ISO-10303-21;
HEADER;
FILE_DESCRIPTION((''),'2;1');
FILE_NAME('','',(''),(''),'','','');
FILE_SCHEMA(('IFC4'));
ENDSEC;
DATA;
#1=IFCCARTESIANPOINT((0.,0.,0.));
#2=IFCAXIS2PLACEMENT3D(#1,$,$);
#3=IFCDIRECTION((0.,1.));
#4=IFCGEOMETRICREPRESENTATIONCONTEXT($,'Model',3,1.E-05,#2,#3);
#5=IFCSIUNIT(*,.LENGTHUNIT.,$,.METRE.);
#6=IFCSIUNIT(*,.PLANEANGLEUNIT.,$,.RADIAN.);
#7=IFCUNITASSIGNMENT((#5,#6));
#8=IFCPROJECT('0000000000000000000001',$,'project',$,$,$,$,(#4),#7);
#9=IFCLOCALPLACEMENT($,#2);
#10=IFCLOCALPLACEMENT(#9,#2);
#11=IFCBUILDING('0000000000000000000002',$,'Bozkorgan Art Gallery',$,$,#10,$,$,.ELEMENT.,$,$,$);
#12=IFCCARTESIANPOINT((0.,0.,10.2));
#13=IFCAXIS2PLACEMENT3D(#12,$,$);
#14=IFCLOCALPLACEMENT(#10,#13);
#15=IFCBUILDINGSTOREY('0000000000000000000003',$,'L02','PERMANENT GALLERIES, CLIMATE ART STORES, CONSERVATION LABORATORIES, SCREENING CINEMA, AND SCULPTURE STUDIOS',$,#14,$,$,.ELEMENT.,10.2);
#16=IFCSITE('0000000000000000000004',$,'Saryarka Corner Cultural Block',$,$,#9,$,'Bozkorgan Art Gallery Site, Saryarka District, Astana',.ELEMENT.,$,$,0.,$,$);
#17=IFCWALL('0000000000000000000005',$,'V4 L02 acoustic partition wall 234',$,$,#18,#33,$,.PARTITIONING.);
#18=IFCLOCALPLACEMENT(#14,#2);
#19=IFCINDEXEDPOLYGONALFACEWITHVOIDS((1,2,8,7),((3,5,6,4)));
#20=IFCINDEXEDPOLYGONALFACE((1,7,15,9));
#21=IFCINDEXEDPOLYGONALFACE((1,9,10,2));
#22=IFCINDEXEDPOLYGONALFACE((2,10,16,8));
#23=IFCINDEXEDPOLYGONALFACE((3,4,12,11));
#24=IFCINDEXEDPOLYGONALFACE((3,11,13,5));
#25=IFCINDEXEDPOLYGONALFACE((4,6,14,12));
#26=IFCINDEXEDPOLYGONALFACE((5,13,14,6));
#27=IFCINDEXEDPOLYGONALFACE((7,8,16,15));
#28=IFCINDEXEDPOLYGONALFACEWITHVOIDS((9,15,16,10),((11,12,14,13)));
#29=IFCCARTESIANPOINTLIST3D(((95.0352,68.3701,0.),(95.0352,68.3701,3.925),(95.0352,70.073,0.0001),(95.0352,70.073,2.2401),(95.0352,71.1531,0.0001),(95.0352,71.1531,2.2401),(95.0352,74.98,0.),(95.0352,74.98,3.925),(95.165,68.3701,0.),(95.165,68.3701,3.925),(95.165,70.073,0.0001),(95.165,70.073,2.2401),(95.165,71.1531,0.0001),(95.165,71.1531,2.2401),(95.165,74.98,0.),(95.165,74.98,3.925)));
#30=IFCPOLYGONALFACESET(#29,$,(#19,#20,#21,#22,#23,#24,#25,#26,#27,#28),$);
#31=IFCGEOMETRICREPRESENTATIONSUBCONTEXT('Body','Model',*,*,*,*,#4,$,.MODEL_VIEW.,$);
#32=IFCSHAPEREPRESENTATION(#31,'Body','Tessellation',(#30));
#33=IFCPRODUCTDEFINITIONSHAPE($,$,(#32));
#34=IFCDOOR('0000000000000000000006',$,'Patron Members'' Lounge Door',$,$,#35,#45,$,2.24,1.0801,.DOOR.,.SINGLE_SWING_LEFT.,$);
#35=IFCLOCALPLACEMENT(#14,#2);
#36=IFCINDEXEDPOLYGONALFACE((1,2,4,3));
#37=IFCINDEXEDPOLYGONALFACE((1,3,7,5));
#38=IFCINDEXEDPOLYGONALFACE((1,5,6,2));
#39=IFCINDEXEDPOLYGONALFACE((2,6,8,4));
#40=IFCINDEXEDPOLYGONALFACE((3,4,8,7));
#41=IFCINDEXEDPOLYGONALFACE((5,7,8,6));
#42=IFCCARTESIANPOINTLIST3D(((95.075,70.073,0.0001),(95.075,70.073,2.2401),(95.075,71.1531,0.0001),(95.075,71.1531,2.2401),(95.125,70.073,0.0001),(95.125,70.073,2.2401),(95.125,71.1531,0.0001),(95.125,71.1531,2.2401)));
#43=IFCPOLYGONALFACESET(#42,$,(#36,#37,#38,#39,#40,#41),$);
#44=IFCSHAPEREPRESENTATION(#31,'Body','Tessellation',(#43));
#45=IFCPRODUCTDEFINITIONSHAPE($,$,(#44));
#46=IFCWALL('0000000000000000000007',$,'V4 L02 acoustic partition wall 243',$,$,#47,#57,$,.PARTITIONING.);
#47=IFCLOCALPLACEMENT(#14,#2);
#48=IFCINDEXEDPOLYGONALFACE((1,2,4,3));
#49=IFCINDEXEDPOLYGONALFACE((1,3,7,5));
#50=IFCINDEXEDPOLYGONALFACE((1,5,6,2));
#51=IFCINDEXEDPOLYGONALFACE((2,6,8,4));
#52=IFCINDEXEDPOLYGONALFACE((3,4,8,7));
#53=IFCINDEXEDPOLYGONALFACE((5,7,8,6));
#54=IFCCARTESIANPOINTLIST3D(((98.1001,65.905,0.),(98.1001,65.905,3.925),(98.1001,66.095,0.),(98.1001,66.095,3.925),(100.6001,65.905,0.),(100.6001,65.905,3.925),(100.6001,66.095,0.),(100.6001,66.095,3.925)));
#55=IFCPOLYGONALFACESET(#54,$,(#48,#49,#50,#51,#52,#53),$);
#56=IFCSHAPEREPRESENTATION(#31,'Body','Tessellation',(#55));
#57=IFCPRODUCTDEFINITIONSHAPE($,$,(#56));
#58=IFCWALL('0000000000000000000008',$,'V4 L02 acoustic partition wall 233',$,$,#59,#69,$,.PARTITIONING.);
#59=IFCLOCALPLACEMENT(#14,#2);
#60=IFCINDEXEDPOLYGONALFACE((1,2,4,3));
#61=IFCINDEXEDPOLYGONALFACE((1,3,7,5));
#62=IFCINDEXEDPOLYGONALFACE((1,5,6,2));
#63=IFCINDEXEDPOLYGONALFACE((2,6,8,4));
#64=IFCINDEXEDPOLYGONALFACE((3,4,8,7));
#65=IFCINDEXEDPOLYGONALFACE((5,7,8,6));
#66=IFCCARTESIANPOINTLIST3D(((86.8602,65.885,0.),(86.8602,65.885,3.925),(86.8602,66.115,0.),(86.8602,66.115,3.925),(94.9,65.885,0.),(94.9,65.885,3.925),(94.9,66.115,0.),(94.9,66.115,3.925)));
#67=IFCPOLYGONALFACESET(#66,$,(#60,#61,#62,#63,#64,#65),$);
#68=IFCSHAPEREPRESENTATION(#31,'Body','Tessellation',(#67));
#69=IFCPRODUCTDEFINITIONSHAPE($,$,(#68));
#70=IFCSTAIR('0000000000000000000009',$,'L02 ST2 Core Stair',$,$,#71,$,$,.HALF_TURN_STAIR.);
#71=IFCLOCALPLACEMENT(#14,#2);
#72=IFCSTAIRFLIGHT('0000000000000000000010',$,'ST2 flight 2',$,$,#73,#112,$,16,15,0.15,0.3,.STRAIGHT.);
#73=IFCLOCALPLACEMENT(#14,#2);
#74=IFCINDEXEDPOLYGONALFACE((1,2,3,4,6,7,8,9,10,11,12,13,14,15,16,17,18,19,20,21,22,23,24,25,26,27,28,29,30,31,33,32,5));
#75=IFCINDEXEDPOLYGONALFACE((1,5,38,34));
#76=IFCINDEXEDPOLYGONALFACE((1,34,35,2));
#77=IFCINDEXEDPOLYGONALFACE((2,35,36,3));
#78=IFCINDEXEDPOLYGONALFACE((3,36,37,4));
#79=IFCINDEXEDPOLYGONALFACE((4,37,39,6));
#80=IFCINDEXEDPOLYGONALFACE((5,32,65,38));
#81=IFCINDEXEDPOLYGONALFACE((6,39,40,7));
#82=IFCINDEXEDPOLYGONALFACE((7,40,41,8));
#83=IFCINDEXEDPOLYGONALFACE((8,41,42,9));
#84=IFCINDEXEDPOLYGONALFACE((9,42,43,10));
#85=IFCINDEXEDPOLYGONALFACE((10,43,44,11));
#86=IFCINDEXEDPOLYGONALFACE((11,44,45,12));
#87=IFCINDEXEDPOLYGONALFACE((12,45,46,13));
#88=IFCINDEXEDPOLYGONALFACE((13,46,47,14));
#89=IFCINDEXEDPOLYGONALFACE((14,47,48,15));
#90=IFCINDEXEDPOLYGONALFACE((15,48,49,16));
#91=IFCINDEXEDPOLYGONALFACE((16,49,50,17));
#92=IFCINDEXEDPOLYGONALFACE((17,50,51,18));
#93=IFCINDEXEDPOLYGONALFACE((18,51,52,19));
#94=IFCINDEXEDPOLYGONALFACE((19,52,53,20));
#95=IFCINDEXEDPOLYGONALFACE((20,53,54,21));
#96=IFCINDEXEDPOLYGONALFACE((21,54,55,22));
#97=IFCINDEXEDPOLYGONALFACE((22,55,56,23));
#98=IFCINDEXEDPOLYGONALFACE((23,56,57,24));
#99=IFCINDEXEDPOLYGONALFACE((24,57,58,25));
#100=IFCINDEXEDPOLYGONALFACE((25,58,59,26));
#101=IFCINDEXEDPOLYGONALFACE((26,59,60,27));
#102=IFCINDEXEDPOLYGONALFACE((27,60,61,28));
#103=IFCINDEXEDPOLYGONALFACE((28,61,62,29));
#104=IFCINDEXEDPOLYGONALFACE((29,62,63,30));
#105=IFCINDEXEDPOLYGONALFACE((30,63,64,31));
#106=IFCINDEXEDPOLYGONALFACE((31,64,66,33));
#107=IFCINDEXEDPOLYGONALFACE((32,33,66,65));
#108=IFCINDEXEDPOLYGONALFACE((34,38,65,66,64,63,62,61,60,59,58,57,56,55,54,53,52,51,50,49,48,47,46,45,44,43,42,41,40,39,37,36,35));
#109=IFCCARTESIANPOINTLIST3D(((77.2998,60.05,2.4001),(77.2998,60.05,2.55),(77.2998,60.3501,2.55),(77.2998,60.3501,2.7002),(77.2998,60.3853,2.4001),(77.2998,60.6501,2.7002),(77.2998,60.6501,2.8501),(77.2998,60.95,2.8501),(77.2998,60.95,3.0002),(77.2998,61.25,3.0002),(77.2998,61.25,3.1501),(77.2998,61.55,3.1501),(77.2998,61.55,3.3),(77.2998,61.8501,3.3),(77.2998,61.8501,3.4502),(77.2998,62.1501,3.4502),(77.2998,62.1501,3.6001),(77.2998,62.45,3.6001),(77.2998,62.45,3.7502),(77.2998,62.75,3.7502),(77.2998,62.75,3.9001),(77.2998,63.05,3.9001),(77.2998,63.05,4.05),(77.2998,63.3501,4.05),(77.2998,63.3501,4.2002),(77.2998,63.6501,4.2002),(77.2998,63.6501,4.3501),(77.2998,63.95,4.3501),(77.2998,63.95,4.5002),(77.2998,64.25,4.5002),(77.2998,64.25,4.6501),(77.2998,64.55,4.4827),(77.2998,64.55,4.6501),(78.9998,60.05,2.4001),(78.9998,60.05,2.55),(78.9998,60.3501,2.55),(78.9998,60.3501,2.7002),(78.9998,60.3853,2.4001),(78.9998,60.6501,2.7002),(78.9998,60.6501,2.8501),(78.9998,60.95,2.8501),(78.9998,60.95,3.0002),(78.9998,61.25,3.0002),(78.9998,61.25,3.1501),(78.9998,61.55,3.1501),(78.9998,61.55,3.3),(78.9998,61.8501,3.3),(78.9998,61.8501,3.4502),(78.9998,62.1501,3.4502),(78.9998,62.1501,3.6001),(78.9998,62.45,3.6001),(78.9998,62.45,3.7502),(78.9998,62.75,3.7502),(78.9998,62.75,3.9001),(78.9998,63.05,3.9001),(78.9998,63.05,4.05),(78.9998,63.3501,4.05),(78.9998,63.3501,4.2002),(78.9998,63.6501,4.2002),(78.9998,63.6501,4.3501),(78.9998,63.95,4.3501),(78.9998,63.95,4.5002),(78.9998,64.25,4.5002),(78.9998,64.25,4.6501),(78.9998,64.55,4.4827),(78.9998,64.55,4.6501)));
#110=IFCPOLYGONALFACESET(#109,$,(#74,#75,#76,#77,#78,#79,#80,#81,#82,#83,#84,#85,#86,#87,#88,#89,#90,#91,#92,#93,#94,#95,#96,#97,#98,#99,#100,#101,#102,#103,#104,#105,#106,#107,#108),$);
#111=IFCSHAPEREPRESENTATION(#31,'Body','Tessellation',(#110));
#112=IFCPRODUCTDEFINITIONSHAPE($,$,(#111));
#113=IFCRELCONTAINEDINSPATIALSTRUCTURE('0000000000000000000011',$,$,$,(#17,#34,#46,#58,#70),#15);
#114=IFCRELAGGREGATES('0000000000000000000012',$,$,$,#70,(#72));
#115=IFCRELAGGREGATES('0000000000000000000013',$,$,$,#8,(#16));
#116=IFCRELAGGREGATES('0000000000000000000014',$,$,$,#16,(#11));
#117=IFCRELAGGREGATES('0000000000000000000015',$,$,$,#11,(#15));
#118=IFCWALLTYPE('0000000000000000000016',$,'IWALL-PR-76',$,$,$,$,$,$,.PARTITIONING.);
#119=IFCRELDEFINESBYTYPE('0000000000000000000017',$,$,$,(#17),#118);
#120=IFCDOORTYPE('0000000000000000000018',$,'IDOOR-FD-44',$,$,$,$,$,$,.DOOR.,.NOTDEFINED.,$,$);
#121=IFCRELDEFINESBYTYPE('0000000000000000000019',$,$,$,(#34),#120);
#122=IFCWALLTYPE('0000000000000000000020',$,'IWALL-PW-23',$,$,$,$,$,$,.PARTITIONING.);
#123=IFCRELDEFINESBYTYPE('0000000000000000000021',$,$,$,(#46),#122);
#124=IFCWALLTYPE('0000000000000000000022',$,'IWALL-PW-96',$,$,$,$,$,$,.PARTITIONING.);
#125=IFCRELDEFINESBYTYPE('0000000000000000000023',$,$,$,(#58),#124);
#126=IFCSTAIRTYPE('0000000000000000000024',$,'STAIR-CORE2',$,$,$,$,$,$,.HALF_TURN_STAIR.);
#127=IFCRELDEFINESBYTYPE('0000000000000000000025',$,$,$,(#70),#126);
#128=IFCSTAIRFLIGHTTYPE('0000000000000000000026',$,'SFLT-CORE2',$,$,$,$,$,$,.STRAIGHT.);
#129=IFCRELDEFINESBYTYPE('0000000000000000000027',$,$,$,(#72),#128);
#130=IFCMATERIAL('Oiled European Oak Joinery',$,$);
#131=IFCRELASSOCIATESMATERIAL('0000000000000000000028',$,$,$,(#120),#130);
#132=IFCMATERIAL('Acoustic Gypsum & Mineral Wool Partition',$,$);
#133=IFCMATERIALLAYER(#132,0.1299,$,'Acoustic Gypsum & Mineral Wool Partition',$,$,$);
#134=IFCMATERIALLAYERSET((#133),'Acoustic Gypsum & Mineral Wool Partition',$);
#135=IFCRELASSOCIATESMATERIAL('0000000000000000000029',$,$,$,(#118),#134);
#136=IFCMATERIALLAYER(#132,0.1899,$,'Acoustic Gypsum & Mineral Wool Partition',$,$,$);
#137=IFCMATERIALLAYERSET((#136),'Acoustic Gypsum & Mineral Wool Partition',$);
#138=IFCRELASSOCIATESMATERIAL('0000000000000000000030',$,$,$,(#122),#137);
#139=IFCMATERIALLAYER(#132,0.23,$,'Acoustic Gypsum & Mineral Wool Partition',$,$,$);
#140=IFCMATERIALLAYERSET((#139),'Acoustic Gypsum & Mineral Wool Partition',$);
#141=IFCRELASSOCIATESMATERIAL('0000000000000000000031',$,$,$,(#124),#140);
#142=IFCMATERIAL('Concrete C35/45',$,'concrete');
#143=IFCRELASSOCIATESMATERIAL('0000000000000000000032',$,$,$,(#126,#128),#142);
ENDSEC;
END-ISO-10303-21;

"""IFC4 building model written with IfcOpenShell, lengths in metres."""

from ifc_helpers import new_model, si_unit, direction, frame, frame_2d, origin, place, context, subcontext, project, spatial, polyline, rectangle, outline, extrude, material, layer, layer_set, type_object, element, fill, aggregate, save


model = new_model("IFC4")

# Units and contexts
model_context = context("Model", 3, precision=1e-05, world=origin(), true_north=direction((0.0, 1.0)))
body_context = subcontext(model_context, "Body", "Model", "MODEL_VIEW")
ifc_project = project(units=[si_unit("LENGTHUNIT", "METRE"), si_unit("PLANEANGLEUNIT", "RADIAN")], contexts=[model_context])

# Site, building, storey
site_placement = place(None, origin())
site = spatial("IfcSite", under=ifc_project, at=site_placement, Name="Saryarka Corner Cultural Block", LongName="Bozkorgan Art Gallery Site, Saryarka District, Astana", CompositionType="ELEMENT", RefElevation=0.0)
building_placement = place(site_placement, origin())
building = spatial("IfcBuilding", under=site, at=building_placement, Name="Bozkorgan Art Gallery", CompositionType="ELEMENT")
storey_placement = place(building_placement, frame((0.0, 0.0, 10.2)))
storey = spatial("IfcBuildingStorey", under=building, at=storey_placement, Name="L02", Description="PERMANENT GALLERIES, CLIMATE ART STORES, CONSERVATION LABORATORIES, SCREENING CINEMA, AND SCULPTURE STUDIOS", CompositionType="ELEMENT", Elevation=10.2)

# Wall, opening, door
ifc_material_1 = material(Name="Acoustic Gypsum & Mineral Wool Partition")
ifc_material_2 = material(Name="Oiled European Oak Joinery")
door_type_1 = type_object("IfcDoorType", Name="IDOOR-FD-44", OperationType="NOTDEFINED", PredefinedType="DOOR", material=ifc_material_2)
ifc_layer_1 = layer(ifc_material_1, 0.1299, Name="Acoustic Gypsum & Mineral Wool Partition")
ifc_layer_set_1 = layer_set([ifc_layer_1], Name="Acoustic Gypsum & Mineral Wool Partition")
wall_type_1 = type_object("IfcWallType", Name="IWALL-PR-76", PredefinedType="PARTITIONING", material=ifc_layer_set_1)
wall_1_placement = place(storey_placement, frame((95.1001, 68.3701, 0.0), z_axis=(0.0, 0.0, 1.0), x_axis=(0.0, 1.0, 0.0)))
wall_1 = element("IfcWall", 1, at=wall_1_placement, inside=storey, type_object=wall_type_1, Name="V4 L02 acoustic partition wall 234", PredefinedType="PARTITIONING", context=body_context, shape_type="SweptSolid", body=[
    extrude(rectangle(XDim=6.6099, YDim=0.1299, at=frame_2d((3.3049, 0.0))), origin(), (0.0, 0.0, 1.0), 3.925),
])
opening_1_placement = place(wall_1_placement, frame((2.783, 0.0, 0.0), z_axis=(0.0, 0.0, 1.0), x_axis=(-1.0, 0.0, 0.0)))
opening_1 = element("IfcOpeningElement", 2, at=opening_1_placement, cuts=wall_1, PredefinedType="OPENING", context=body_context, shape_type="SweptSolid", body=[
    extrude(rectangle(XDim=1.0801, YDim=2.24, at=frame_2d((0.54, 1.1201))), frame((0.0, 0.075, 0.0), z_axis=(0.0, -1.0, 0.0), x_axis=(1.0, 0.0, 0.0)), (0.0, 0.0, 1.0), 0.1499),
])
door_1_placement = place(opening_1_placement, origin())
door_1 = element("IfcDoor", 3, at=door_1_placement, inside=storey, type_object=door_type_1, Name="Patron Members' Lounge Door", OperationType="SINGLE_SWING_LEFT", OverallHeight=2.24, OverallWidth=1.0801, PredefinedType="DOOR", context=body_context, shape_type="SweptSolid", body=[
    extrude(rectangle(XDim=1.0801, YDim=2.24, at=frame_2d((0.54, 1.1201))), frame((0.0, 0.0249, 0.0), z_axis=(0.0, -1.0, 0.0), x_axis=(1.0, 0.0, 0.0)), (0.0, 0.0, 1.0), 0.05),
])
fill(opening_1, door_1)

# Walls
ifc_layer_2 = layer(ifc_material_1, 0.1899, Name="Acoustic Gypsum & Mineral Wool Partition")
ifc_layer_set_2 = layer_set([ifc_layer_2], Name="Acoustic Gypsum & Mineral Wool Partition")
wall_type_2 = type_object("IfcWallType", Name="IWALL-PW-23", PredefinedType="PARTITIONING", material=ifc_layer_set_2)
wall_2_placement = place(storey_placement, frame((98.1001, 66.0, 0.0), z_axis=(0.0, 0.0, 1.0), x_axis=(1.0, 0.0, 0.0)))
element("IfcWall", 4, at=wall_2_placement, inside=storey, type_object=wall_type_2, Name="V4 L02 acoustic partition wall 243", PredefinedType="PARTITIONING", context=body_context, shape_type="SweptSolid", body=[
    extrude(rectangle(XDim=2.5, YDim=0.1899, at=frame_2d((1.25, 0.0))), origin(), (0.0, 0.0, 1.0), 3.925),
])
ifc_layer_3 = layer(ifc_material_1, 0.23, Name="Acoustic Gypsum & Mineral Wool Partition")
ifc_layer_set_3 = layer_set([ifc_layer_3], Name="Acoustic Gypsum & Mineral Wool Partition")
wall_type_3 = type_object("IfcWallType", Name="IWALL-PW-96", PredefinedType="PARTITIONING", material=ifc_layer_set_3)
wall_3_placement = place(storey_placement, frame((86.8601, 66.0, 0.0), z_axis=(0.0, 0.0, 1.0), x_axis=(1.0, 0.0, 0.0)))
element("IfcWall", 5, at=wall_3_placement, inside=storey, type_object=wall_type_3, Name="V4 L02 acoustic partition wall 233", PredefinedType="PARTITIONING", context=body_context, shape_type="SweptSolid", body=[
    extrude(rectangle(XDim=8.0398, YDim=0.23, at=frame_2d((4.02, 0.0))), origin(), (0.0, 0.0, 1.0), 3.925),
])

# Stair, stair flight
ifc_material_3 = material(Name="Concrete C35/45", Category="concrete")
stair_type = type_object("IfcStairType", Name="STAIR-CORE2", PredefinedType="HALF_TURN_STAIR", material=ifc_material_3)
stair_placement = place(storey_placement, origin())
stair = element("IfcStair", 6, at=stair_placement, inside=storey, type_object=stair_type, Name="L02 ST2 Core Stair", PredefinedType="HALF_TURN_STAIR")
stair_flight_type = type_object("IfcStairFlightType", Name="SFLT-CORE2", PredefinedType="STRAIGHT", material=ifc_material_3)
stair_flight_placement = place(storey_placement, frame((78.1499, 60.05, 2.4001), z_axis=(0.0, 0.0, 1.0), x_axis=(0.0, 1.0, 0.0)))
stair_flight = element("IfcStairFlight", 7, at=stair_flight_placement, type_object=stair_flight_type, Name="ST2 flight 2", NumberOfRisers=16, NumberOfTreads=15, PredefinedType="STRAIGHT", RiserHeight=0.15, TreadLength=0.3, context=body_context, shape_type="SweptSolid", body=[
    extrude(outline(polyline([(0.0, 0.0), (0.0, 0.1499), (0.3, 0.1499), (0.3, 0.3), (0.6001, 0.3), (0.6001, 0.45), (0.8999, 0.45), (0.8999, 0.6001), (1.2, 0.6001), (1.2, 0.75), (1.5, 0.75), (1.5, 0.8999), (1.8, 0.8999), (1.8, 1.05), (2.1001, 1.05), (2.1001, 1.2), (2.3999, 1.2), (2.3999, 1.3501), (2.7, 1.3501), (2.7, 1.5), (3.0, 1.5), (3.0, 1.6499), (3.3, 1.6499), (3.3, 1.8), (3.6001, 1.8), (3.6001, 1.95), (3.8999, 1.95), (3.8999, 2.1001), (4.2, 2.1001), (4.2, 2.25), (4.5, 2.25), (4.5, 2.3999), (4.5, 2.0825), (0.3352, 0.0), (0.0, 0.0)])), frame((0.0, 0.8501, 0.0), z_axis=(0.0, -1.0, 0.0), x_axis=(1.0, 0.0, 0.0)), (0.0, 0.0, 1.0), 1.7),
])
aggregate(stair, [stair_flight])

save(model, "model.ifc")
